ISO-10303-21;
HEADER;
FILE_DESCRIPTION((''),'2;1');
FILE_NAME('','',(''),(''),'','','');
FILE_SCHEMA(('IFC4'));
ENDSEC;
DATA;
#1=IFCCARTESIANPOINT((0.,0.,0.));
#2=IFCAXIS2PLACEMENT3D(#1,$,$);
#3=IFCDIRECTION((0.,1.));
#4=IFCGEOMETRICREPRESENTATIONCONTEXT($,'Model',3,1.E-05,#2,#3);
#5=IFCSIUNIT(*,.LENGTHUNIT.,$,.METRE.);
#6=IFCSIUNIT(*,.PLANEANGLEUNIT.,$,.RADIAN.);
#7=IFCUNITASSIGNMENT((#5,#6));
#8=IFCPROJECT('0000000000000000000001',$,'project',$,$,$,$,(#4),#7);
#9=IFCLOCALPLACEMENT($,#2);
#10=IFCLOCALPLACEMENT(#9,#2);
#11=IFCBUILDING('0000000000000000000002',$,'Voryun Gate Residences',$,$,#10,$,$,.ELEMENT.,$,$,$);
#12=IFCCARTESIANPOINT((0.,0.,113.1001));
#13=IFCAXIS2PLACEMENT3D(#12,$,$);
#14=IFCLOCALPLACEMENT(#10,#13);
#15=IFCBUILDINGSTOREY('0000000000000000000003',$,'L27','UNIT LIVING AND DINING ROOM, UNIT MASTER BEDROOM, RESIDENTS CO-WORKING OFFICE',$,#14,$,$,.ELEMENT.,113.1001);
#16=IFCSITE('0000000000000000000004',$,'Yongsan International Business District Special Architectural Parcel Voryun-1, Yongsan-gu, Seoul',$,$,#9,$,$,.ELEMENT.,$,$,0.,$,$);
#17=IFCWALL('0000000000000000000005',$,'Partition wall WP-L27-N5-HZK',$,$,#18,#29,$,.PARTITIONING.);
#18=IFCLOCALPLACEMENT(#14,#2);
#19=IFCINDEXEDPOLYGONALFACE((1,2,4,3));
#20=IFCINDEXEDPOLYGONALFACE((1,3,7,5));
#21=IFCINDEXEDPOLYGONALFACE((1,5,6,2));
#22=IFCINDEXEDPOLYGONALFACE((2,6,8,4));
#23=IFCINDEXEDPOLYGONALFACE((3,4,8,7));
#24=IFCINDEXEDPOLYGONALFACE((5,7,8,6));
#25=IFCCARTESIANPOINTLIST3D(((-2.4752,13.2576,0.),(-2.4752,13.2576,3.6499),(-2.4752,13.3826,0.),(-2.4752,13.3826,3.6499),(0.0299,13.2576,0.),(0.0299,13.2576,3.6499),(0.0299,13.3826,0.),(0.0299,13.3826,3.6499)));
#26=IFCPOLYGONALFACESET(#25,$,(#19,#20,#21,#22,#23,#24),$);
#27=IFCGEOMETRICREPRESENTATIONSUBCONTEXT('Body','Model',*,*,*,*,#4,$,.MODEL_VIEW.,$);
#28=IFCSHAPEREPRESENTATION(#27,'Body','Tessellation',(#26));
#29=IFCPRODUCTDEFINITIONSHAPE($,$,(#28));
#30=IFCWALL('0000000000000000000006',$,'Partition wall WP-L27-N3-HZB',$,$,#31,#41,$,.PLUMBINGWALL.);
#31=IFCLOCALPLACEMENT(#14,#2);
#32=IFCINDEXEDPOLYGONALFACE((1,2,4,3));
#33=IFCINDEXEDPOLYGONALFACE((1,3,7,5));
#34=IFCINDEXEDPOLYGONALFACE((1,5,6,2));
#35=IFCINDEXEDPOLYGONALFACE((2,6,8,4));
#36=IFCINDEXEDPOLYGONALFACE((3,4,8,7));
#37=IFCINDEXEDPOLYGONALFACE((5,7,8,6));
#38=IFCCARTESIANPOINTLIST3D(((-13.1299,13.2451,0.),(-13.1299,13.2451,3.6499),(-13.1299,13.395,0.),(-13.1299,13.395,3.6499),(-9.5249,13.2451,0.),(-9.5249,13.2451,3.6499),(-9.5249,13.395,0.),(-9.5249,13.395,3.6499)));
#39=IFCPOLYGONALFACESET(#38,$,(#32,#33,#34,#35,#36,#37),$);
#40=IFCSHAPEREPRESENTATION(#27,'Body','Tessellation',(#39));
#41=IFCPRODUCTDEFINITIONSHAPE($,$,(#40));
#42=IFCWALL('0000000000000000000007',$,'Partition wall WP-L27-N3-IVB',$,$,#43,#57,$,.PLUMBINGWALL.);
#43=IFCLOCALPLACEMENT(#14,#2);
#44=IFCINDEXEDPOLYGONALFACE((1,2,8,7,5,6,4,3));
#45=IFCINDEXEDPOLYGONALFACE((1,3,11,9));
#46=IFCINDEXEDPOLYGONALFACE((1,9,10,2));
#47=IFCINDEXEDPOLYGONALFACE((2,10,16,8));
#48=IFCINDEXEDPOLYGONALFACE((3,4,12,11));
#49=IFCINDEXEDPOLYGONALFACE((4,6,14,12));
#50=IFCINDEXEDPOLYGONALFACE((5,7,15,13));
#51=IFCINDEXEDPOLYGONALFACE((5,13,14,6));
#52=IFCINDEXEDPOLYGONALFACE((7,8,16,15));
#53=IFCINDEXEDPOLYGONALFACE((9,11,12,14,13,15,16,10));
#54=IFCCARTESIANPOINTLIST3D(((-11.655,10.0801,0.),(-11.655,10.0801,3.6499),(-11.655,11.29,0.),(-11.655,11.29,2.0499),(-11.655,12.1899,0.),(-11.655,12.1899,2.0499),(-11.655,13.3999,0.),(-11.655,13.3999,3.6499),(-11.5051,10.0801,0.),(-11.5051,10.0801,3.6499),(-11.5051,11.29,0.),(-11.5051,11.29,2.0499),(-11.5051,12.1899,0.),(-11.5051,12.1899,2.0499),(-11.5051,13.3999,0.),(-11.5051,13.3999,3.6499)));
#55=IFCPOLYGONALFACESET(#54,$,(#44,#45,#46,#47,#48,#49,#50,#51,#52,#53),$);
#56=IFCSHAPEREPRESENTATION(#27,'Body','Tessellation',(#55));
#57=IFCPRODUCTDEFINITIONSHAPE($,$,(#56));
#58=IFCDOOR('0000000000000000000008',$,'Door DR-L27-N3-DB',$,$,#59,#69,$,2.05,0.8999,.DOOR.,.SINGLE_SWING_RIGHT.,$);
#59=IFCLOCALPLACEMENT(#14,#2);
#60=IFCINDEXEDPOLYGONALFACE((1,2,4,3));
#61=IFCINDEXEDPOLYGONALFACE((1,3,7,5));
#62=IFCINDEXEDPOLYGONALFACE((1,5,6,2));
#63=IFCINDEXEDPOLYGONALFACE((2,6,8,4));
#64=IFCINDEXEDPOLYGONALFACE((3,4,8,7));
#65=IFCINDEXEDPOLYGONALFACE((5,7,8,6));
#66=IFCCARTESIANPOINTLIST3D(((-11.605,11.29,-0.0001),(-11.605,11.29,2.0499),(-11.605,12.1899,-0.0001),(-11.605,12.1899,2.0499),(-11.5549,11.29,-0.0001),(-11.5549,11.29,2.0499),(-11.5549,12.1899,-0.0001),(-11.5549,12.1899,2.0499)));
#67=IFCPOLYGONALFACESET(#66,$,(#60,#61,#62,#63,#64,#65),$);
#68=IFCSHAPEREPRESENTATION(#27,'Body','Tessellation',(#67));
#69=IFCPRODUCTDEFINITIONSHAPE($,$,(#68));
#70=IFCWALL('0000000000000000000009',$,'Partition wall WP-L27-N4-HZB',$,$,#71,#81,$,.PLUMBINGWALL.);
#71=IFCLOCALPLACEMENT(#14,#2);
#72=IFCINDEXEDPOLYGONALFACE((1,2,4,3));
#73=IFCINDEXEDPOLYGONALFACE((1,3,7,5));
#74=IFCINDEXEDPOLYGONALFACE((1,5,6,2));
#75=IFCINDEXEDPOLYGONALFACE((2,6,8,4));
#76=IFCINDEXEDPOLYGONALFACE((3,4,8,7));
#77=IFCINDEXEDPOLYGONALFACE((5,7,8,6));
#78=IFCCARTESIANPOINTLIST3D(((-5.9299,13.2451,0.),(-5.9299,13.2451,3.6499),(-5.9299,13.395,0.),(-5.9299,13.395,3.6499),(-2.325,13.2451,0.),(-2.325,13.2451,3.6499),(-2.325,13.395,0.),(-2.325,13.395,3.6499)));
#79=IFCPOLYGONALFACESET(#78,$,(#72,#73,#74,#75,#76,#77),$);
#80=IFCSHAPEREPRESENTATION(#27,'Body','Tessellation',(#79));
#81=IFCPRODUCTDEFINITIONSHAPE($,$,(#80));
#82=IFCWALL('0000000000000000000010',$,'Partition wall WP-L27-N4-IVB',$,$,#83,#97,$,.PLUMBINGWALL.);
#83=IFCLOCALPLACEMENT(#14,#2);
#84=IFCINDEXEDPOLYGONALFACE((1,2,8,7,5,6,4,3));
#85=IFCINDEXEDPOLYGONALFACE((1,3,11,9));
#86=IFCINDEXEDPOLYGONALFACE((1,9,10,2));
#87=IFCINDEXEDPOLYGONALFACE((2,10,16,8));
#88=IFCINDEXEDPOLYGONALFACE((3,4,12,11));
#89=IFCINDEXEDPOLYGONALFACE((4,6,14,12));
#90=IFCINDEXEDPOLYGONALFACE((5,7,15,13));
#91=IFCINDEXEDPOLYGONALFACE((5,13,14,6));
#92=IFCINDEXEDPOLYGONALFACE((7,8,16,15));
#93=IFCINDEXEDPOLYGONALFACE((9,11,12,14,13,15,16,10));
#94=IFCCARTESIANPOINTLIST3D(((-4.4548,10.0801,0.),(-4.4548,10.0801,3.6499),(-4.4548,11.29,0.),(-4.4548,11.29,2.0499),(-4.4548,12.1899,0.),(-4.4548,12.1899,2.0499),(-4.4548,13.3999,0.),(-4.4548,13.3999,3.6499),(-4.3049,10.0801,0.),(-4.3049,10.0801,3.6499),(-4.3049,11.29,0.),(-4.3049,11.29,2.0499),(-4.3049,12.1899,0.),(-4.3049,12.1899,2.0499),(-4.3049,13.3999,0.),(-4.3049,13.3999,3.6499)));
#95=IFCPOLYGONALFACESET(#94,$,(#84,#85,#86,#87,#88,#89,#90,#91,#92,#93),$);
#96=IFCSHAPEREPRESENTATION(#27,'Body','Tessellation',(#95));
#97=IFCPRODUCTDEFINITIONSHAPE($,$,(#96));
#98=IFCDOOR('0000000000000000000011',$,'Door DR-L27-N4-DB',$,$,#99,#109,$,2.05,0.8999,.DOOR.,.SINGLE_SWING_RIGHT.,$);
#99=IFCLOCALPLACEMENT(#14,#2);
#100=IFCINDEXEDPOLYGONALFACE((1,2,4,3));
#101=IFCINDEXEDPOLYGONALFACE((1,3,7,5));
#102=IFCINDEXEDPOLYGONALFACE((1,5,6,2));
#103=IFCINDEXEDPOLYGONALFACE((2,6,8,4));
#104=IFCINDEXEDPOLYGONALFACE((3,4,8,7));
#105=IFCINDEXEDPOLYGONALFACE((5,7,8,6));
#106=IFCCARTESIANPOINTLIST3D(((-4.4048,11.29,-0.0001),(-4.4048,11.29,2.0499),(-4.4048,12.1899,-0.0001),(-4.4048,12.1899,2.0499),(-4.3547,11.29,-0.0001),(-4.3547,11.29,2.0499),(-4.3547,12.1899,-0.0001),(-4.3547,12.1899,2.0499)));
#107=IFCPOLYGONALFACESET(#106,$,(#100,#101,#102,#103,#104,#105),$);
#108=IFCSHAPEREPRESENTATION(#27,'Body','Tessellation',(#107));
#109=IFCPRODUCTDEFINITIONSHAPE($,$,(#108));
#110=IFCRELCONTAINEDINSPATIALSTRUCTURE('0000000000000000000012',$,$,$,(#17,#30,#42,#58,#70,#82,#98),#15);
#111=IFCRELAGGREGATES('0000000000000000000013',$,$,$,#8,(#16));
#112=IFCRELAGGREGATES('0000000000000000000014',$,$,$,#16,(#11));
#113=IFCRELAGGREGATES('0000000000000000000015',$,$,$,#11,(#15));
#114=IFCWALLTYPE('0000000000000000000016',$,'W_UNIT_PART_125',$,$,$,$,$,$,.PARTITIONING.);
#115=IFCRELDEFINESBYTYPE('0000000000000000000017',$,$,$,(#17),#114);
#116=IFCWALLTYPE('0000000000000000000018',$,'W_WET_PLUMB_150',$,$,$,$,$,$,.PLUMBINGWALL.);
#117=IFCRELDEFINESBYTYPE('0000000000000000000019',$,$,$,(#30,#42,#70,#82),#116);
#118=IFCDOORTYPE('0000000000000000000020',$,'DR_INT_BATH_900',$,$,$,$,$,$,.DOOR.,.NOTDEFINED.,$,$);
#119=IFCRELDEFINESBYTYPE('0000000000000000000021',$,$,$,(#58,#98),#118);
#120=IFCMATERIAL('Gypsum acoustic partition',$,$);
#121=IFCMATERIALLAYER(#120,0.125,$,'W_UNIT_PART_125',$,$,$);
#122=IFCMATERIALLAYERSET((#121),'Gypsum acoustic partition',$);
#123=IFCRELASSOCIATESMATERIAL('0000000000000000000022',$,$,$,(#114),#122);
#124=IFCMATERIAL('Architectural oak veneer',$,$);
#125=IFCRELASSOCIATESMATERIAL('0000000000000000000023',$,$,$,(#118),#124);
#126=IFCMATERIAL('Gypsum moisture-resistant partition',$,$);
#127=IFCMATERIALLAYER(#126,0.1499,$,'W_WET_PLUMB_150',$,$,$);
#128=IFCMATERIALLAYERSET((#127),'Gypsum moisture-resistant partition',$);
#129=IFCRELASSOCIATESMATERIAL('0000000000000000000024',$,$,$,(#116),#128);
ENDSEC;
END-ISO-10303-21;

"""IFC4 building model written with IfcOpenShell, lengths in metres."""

from ifc_helpers import new_model, si_unit, direction, frame, frame_2d, origin, place, context, subcontext, project, spatial, rectangle, extrude, material, layer, layer_set, type_object, element, fill, save


model = new_model("IFC4")

# Units and contexts
model_context = context("Model", 3, precision=1e-05, world=origin(), true_north=direction((0.0, 1.0)))
body_context = subcontext(model_context, "Body", "Model", "MODEL_VIEW")
ifc_project = project(units=[si_unit("LENGTHUNIT", "METRE"), si_unit("PLANEANGLEUNIT", "RADIAN")], contexts=[model_context])

# Site, building, storey
site_placement = place(None, origin())
site = spatial("IfcSite", under=ifc_project, at=site_placement, Name="Yongsan International Business District Special Architectural Parcel Voryun-1, Yongsan-gu, Seoul", CompositionType="ELEMENT", RefElevation=0.0)
building_placement = place(site_placement, origin())
building = spatial("IfcBuilding", under=site, at=building_placement, Name="Voryun Gate Residences", CompositionType="ELEMENT")
storey_placement = place(building_placement, frame((0.0, 0.0, 113.1001)))
storey = spatial("IfcBuildingStorey", under=building, at=storey_placement, Name="L27", Description="UNIT LIVING AND DINING ROOM, UNIT MASTER BEDROOM, RESIDENTS CO-WORKING OFFICE", CompositionType="ELEMENT", Elevation=113.1001)

# Shared definitions
ifc_material_1 = material(Name="Gypsum acoustic partition")
ifc_layer_1 = layer(ifc_material_1, 0.125, Name="W_UNIT_PART_125")
ifc_layer_set_1 = layer_set([ifc_layer_1], Name="Gypsum acoustic partition")
wall_type_1 = type_object("IfcWallType", Name="W_UNIT_PART_125", PredefinedType="PARTITIONING", material=ifc_layer_set_1)
ifc_material_2 = material(Name="Architectural oak veneer")
door_type_1 = type_object("IfcDoorType", Name="DR_INT_BATH_900", OperationType="NOTDEFINED", PredefinedType="DOOR", material=ifc_material_2)

# Walls
wall_1_placement = place(storey_placement, frame((-2.4751, 13.3201, 0.0), z_axis=(0.0, 0.0, 1.0), x_axis=(1.0, 0.0, 0.0)))
element("IfcWall", 1, at=wall_1_placement, inside=storey, type_object=wall_type_1, Name="Partition wall WP-L27-N5-HZK", PredefinedType="PARTITIONING", context=body_context, shape_type="SweptSolid", body=[
    extrude(rectangle(XDim=2.5051, YDim=0.125, at=frame_2d((1.2524, 0.0))), origin(), (0.0, 0.0, 1.0), 3.6499),
])
ifc_material_3 = material(Name="Gypsum moisture-resistant partition")
ifc_layer_2 = layer(ifc_material_3, 0.1499, Name="W_WET_PLUMB_150")
ifc_layer_set_2 = layer_set([ifc_layer_2], Name="Gypsum moisture-resistant partition")
wall_type_2 = type_object("IfcWallType", Name="W_WET_PLUMB_150", PredefinedType="PLUMBINGWALL", material=ifc_layer_set_2)
wall_2_placement = place(storey_placement, frame((-13.1299, 13.3201, 0.0), z_axis=(0.0, 0.0, 1.0), x_axis=(1.0, 0.0, 0.0)))
element("IfcWall", 2, at=wall_2_placement, inside=storey, type_object=wall_type_2, Name="Partition wall WP-L27-N3-HZB", PredefinedType="PLUMBINGWALL", context=body_context, shape_type="SweptSolid", body=[
    extrude(rectangle(XDim=3.605, YDim=0.1499, at=frame_2d((1.8025, 0.0))), origin(), (0.0, 0.0, 1.0), 3.6499),
])

# Wall, opening, door
wall_3_placement = place(storey_placement, frame((-11.5801, 10.0801, 0.0), z_axis=(0.0, 0.0, 1.0), x_axis=(0.0, 1.0, 0.0)))
wall_3 = element("IfcWall", 3, at=wall_3_placement, inside=storey, type_object=wall_type_2, Name="Partition wall WP-L27-N3-IVB", PredefinedType="PLUMBINGWALL", context=body_context, shape_type="SweptSolid", body=[
    extrude(rectangle(XDim=3.3198, YDim=0.1499, at=frame_2d((1.6599, 0.0))), origin(), (0.0, 0.0, 1.0), 3.6499),
])
opening_1_placement = place(wall_3_placement, frame((1.21, 0.0, 0.0)))
opening_1 = element("IfcOpeningElement", 4, at=opening_1_placement, cuts=wall_3, PredefinedType="OPENING", context=body_context, shape_type="SweptSolid", body=[
    extrude(rectangle(XDim=0.8999, YDim=2.05, at=frame_2d((0.45, 1.0249))), frame((0.0, 0.085, 0.0), z_axis=(0.0, -1.0, 0.0), x_axis=(1.0, 0.0, 0.0)), (0.0, 0.0, 1.0), 0.1699),
])
door_1_placement = place(opening_1_placement, origin())
door_1 = element("IfcDoor", 5, at=door_1_placement, inside=storey, type_object=door_type_1, Name="Door DR-L27-N3-DB", OperationType="SINGLE_SWING_RIGHT", OverallHeight=2.05, OverallWidth=0.8999, PredefinedType="DOOR", context=body_context, shape_type="SweptSolid", body=[
    extrude(rectangle(XDim=0.8999, YDim=2.05, at=frame_2d((0.45, 1.0249))), frame((0.0, 0.0249, 0.0), z_axis=(0.0, -1.0, 0.0), x_axis=(1.0, 0.0, 0.0)), (0.0, 0.0, 1.0), 0.05),
])
fill(opening_1, door_1)

# Wall
wall_4_placement = place(storey_placement, frame((-5.9299, 13.3201, 0.0), z_axis=(0.0, 0.0, 1.0), x_axis=(1.0, 0.0, 0.0)))
element("IfcWall", 6, at=wall_4_placement, inside=storey, type_object=wall_type_2, Name="Partition wall WP-L27-N4-HZB", PredefinedType="PLUMBINGWALL", context=body_context, shape_type="SweptSolid", body=[
    extrude(rectangle(XDim=3.605, YDim=0.1499, at=frame_2d((1.8025, 0.0))), origin(), (0.0, 0.0, 1.0), 3.6499),
])

# Wall, opening, door
wall_5_placement = place(storey_placement, frame((-4.3799, 10.0801, 0.0), z_axis=(0.0, 0.0, 1.0), x_axis=(0.0, 1.0, 0.0)))
wall_5 = element("IfcWall", 7, at=wall_5_placement, inside=storey, type_object=wall_type_2, Name="Partition wall WP-L27-N4-IVB", PredefinedType="PLUMBINGWALL", context=body_context, shape_type="SweptSolid", body=[
    extrude(rectangle(XDim=3.3198, YDim=0.1499, at=frame_2d((1.6599, 0.0))), origin(), (0.0, 0.0, 1.0), 3.6499),
])
opening_2_placement = place(wall_5_placement, frame((1.21, 0.0, 0.0)))
opening_2 = element("IfcOpeningElement", 8, at=opening_2_placement, cuts=wall_5, PredefinedType="OPENING", context=body_context, shape_type="SweptSolid", body=[
    extrude(rectangle(XDim=0.8999, YDim=2.05, at=frame_2d((0.45, 1.0249))), frame((0.0, 0.085, 0.0), z_axis=(0.0, -1.0, 0.0), x_axis=(1.0, 0.0, 0.0)), (0.0, 0.0, 1.0), 0.1699),
])
door_2_placement = place(opening_2_placement, origin())
door_2 = element("IfcDoor", 9, at=door_2_placement, inside=storey, type_object=door_type_1, Name="Door DR-L27-N4-DB", OperationType="SINGLE_SWING_RIGHT", OverallHeight=2.05, OverallWidth=0.8999, PredefinedType="DOOR", context=body_context, shape_type="SweptSolid", body=[
    extrude(rectangle(XDim=0.8999, YDim=2.05, at=frame_2d((0.45, 1.0249))), frame((0.0, 0.0249, 0.0), z_axis=(0.0, -1.0, 0.0), x_axis=(1.0, 0.0, 0.0)), (0.0, 0.0, 1.0), 0.05),
])
fill(opening_2, door_2)

save(model, "model.ifc")
